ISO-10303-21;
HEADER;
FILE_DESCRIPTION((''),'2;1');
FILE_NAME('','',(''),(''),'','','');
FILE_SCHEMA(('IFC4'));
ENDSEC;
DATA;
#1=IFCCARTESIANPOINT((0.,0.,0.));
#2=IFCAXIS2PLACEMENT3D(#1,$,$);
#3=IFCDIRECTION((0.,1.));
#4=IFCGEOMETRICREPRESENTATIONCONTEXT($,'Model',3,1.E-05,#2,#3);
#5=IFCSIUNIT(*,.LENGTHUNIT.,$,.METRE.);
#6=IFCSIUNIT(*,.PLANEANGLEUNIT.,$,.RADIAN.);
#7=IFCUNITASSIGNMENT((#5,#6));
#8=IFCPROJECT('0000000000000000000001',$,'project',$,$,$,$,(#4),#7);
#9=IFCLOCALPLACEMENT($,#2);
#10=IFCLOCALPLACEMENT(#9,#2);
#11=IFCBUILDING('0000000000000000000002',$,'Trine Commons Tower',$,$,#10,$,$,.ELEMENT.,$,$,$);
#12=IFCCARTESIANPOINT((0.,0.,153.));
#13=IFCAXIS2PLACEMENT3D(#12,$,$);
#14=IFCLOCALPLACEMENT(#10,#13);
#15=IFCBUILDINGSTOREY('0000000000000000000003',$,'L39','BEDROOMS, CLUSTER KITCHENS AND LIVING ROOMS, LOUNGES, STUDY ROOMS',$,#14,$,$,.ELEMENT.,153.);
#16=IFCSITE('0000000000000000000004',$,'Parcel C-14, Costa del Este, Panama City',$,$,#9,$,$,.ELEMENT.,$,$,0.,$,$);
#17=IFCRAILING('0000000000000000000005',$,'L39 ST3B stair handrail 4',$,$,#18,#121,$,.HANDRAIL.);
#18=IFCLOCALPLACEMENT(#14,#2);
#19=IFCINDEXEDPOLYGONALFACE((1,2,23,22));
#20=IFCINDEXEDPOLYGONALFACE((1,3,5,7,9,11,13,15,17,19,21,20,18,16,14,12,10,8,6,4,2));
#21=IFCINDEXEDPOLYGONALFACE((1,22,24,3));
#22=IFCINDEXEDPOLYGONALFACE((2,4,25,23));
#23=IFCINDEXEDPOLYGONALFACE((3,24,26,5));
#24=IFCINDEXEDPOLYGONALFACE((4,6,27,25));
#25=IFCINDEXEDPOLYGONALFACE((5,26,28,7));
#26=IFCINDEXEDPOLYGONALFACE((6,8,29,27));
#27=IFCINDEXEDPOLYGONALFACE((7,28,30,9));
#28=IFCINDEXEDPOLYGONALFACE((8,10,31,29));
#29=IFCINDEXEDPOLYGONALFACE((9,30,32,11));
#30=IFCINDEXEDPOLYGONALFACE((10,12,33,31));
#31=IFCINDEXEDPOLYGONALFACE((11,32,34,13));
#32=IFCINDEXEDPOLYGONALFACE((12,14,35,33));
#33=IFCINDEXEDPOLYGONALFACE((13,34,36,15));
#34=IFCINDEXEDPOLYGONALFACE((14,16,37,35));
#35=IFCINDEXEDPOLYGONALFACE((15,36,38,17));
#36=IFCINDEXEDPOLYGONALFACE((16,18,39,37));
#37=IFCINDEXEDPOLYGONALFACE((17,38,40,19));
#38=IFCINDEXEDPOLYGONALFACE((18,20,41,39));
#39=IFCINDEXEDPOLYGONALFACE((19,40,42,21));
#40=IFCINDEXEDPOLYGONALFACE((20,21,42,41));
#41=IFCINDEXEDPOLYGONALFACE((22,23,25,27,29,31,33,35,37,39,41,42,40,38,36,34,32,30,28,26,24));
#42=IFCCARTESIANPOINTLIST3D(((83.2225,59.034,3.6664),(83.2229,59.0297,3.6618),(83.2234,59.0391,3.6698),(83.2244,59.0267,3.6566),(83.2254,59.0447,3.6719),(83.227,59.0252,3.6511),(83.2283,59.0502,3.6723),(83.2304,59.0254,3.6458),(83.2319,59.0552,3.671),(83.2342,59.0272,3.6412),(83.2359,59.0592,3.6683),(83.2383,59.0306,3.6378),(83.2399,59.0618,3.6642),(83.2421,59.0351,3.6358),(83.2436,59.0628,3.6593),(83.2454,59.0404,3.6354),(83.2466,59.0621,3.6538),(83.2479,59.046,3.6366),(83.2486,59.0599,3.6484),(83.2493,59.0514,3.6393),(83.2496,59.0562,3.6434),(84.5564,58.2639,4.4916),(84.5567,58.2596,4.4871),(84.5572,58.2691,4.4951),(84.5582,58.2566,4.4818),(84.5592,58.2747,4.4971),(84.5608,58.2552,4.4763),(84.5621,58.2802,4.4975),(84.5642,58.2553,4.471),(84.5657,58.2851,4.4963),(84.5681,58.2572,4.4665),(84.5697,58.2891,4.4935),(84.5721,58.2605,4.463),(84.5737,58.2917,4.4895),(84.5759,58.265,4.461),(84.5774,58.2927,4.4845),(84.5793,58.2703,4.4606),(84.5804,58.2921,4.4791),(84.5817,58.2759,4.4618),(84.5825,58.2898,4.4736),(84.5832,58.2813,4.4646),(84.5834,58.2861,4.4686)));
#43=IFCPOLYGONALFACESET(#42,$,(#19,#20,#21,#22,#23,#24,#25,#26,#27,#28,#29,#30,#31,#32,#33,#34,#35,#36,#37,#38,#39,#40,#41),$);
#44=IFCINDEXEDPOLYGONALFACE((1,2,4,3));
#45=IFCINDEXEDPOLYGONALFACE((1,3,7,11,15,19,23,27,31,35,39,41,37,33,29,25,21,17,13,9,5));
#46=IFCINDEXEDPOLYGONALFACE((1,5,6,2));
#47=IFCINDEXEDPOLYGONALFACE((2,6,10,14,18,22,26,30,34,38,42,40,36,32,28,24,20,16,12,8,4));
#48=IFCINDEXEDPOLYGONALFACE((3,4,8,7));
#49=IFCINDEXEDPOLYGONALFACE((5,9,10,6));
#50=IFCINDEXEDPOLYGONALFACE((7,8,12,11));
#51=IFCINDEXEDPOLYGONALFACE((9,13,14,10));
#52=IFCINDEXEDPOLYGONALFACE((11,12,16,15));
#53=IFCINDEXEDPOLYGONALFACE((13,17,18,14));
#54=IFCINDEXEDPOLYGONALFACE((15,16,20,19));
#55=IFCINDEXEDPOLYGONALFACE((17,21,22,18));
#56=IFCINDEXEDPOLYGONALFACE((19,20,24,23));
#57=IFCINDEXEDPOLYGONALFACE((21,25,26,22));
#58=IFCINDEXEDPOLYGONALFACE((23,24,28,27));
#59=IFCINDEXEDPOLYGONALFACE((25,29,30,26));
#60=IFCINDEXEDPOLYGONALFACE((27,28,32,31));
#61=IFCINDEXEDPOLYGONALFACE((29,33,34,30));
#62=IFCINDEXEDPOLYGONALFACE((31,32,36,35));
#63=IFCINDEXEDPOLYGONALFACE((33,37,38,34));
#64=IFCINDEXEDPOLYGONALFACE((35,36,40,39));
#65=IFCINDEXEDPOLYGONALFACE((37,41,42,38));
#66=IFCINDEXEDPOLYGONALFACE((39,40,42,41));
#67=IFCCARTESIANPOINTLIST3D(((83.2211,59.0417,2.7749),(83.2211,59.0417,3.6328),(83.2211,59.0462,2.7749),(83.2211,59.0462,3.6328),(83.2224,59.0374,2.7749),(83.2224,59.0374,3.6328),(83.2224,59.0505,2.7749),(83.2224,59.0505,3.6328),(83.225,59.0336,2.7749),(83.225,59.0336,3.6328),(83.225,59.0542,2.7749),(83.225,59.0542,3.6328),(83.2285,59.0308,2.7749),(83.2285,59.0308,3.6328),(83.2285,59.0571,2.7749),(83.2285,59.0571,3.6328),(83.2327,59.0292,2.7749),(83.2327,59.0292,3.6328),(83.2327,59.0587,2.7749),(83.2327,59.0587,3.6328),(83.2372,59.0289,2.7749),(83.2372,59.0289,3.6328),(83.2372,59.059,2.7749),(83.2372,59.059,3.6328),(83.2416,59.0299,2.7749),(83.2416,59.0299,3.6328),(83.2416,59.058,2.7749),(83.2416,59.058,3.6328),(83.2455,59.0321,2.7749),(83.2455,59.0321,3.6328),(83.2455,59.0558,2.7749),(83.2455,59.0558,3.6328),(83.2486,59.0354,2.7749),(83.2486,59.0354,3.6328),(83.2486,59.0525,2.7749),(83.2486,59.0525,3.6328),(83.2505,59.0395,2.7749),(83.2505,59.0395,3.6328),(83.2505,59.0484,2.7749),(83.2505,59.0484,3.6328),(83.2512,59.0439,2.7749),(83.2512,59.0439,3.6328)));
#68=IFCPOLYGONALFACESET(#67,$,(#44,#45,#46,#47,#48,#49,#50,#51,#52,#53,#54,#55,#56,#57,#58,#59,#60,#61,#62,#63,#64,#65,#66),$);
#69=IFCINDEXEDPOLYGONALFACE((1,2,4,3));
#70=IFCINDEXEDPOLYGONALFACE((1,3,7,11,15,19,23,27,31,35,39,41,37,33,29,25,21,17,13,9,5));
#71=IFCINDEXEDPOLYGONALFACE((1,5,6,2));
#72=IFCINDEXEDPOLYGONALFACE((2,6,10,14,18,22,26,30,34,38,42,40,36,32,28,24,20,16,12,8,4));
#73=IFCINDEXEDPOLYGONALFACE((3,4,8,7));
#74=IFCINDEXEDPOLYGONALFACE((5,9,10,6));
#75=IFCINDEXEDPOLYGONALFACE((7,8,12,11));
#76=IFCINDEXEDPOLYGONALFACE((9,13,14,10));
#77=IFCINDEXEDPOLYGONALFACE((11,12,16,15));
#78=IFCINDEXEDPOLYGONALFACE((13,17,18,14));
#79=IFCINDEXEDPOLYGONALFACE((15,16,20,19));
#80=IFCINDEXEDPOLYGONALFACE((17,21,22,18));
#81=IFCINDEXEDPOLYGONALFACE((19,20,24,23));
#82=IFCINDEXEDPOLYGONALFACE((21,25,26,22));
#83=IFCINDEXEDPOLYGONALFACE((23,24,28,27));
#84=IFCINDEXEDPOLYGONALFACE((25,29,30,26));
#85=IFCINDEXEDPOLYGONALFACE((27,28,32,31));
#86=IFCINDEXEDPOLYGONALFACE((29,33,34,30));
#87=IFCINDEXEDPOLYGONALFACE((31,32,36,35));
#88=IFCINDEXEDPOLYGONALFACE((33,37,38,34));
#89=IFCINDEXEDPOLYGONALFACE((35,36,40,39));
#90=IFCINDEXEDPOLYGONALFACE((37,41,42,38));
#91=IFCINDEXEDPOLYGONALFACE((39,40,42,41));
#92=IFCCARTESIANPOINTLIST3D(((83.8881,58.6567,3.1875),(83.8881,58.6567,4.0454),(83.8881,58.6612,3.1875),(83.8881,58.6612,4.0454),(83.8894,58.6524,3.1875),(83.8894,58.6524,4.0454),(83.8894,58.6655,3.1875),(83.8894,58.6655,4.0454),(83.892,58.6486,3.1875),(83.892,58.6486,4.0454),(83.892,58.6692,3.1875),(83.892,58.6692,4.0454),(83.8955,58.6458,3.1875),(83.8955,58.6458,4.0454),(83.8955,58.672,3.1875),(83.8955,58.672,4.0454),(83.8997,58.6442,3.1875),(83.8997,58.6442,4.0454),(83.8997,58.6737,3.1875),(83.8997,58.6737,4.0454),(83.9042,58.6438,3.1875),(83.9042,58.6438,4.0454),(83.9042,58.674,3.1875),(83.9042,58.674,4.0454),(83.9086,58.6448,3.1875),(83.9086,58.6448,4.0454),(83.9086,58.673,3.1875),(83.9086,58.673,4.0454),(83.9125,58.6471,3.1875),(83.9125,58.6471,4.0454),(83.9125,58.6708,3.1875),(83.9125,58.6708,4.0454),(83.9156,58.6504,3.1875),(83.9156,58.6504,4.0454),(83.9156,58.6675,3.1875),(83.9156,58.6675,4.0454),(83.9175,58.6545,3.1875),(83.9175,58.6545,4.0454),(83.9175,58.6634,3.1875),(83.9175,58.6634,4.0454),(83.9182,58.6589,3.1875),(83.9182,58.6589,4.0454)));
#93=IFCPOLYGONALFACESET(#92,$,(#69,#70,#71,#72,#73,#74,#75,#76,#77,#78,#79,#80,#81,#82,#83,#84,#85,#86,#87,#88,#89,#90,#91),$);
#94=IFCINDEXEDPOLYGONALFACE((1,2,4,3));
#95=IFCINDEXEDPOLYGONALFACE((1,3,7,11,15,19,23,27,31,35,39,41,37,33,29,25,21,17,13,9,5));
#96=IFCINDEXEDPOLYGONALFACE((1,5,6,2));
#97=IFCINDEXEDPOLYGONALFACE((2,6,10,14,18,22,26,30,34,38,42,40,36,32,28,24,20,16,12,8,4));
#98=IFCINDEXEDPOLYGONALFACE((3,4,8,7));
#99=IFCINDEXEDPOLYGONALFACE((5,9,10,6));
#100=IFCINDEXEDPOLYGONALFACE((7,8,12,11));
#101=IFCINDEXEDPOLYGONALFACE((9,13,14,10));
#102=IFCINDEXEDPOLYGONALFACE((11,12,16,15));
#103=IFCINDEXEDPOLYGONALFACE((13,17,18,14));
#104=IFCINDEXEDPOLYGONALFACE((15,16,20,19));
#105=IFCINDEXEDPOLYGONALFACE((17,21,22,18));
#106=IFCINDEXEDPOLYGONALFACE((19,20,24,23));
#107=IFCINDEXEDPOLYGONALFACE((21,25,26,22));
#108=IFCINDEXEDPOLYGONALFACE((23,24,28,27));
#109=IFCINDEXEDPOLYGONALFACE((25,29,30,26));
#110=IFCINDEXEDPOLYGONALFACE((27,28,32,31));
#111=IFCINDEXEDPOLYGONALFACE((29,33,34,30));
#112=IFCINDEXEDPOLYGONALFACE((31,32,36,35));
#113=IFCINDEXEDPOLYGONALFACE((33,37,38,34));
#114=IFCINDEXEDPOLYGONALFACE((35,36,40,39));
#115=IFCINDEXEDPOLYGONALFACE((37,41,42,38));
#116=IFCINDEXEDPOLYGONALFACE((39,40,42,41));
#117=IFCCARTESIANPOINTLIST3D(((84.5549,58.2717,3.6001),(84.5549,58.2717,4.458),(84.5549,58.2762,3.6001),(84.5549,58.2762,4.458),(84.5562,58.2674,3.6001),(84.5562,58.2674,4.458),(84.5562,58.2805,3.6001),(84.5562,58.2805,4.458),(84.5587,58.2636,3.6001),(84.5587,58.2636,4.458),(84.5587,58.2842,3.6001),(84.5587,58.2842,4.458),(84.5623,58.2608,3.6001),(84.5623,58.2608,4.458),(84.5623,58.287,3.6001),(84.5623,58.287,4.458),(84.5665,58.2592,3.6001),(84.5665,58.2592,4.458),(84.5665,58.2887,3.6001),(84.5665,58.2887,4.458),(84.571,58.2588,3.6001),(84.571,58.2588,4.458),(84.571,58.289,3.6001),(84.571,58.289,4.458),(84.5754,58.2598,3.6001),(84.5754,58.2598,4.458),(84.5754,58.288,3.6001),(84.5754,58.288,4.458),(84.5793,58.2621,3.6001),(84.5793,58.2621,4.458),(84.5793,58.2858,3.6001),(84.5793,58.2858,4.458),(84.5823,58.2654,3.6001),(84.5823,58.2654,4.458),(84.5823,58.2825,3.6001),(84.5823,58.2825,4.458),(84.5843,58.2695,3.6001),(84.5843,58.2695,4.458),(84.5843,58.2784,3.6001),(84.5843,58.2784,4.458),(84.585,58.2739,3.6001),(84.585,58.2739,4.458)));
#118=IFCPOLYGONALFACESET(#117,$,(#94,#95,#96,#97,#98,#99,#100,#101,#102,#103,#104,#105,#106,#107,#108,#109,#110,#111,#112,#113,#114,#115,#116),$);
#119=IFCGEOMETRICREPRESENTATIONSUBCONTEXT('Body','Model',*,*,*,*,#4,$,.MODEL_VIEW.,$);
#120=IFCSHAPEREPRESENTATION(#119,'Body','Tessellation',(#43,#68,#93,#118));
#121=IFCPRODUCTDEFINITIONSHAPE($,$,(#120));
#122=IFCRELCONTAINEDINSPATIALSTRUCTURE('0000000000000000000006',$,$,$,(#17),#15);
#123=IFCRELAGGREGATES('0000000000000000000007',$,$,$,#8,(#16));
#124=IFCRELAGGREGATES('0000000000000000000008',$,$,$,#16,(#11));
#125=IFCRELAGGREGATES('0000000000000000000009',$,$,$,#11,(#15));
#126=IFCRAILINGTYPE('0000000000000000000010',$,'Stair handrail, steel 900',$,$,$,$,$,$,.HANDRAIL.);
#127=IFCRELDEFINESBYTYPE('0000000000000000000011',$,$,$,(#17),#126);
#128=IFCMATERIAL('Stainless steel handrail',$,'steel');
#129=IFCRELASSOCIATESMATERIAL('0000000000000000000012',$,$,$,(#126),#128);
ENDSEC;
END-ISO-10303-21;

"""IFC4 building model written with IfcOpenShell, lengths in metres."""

from ifc_helpers import new_model, si_unit, direction, frame, origin, origin_2d, place, context, subcontext, project, spatial, circle, extrude, material, type_object, element, save


model = new_model("IFC4")

# Units and contexts
model_context = context("Model", 3, precision=1e-05, world=origin(), true_north=direction((0.0, 1.0)))
body_context = subcontext(model_context, "Body", "Model", "MODEL_VIEW")
ifc_project = project(units=[si_unit("LENGTHUNIT", "METRE"), si_unit("PLANEANGLEUNIT", "RADIAN")], contexts=[model_context])

# Site, building, storey
site_placement = place(None, origin())
site = spatial("IfcSite", under=ifc_project, at=site_placement, Name="Parcel C-14, Costa del Este, Panama City", CompositionType="ELEMENT", RefElevation=0.0)
building_placement = place(site_placement, origin())
building = spatial("IfcBuilding", under=site, at=building_placement, Name="Trine Commons Tower", CompositionType="ELEMENT")
storey_placement = place(building_placement, frame((0.0, 0.0, 153.0)))
storey = spatial("IfcBuildingStorey", under=building, at=storey_placement, Name="L39", Description="BEDROOMS, CLUSTER KITCHENS AND LIVING ROOMS, LOUNGES, STUDY ROOMS", CompositionType="ELEMENT", Elevation=153.0)

# Railing
ifc_material_1 = material(Name="Stainless steel handrail", Category="steel")
railing_type_1 = type_object("IfcRailingType", Name="Stair handrail, steel 900", PredefinedType="HANDRAIL", material=ifc_material_1)
railing_1_placement = place(storey_placement, frame((83.2361, 59.0439, 2.7749)))
element("IfcRailing", 1, at=railing_1_placement, inside=storey, type_object=railing_type_1, Name="L39 ST3B stair handrail 4", PredefinedType="HANDRAIL", context=body_context, shape_type="SweptSolid", body=[
    extrude(circle(Radius=0.021, at=origin_2d()), frame((0.0, 0.0, 0.8789), z_axis=(0.763355, -0.440714, 0.472293), x_axis=(0.499992, 0.86603, 0.0)), (0.0, 0.0, 1.0), 1.7473),
    extrude(circle(Radius=0.0151, at=origin_2d()), origin(), (0.0, 0.0, 1.0), 0.8579),
    extrude(circle(Radius=0.0151, at=origin_2d()), frame((0.667, -0.385, 0.4126)), (0.0, 0.0, 1.0), 0.8579),
    extrude(circle(Radius=0.0151, at=origin_2d()), frame((1.3337, -0.77, 0.8252)), (0.0, 0.0, 1.0), 0.8579),
])

save(model, "model.ifc")
